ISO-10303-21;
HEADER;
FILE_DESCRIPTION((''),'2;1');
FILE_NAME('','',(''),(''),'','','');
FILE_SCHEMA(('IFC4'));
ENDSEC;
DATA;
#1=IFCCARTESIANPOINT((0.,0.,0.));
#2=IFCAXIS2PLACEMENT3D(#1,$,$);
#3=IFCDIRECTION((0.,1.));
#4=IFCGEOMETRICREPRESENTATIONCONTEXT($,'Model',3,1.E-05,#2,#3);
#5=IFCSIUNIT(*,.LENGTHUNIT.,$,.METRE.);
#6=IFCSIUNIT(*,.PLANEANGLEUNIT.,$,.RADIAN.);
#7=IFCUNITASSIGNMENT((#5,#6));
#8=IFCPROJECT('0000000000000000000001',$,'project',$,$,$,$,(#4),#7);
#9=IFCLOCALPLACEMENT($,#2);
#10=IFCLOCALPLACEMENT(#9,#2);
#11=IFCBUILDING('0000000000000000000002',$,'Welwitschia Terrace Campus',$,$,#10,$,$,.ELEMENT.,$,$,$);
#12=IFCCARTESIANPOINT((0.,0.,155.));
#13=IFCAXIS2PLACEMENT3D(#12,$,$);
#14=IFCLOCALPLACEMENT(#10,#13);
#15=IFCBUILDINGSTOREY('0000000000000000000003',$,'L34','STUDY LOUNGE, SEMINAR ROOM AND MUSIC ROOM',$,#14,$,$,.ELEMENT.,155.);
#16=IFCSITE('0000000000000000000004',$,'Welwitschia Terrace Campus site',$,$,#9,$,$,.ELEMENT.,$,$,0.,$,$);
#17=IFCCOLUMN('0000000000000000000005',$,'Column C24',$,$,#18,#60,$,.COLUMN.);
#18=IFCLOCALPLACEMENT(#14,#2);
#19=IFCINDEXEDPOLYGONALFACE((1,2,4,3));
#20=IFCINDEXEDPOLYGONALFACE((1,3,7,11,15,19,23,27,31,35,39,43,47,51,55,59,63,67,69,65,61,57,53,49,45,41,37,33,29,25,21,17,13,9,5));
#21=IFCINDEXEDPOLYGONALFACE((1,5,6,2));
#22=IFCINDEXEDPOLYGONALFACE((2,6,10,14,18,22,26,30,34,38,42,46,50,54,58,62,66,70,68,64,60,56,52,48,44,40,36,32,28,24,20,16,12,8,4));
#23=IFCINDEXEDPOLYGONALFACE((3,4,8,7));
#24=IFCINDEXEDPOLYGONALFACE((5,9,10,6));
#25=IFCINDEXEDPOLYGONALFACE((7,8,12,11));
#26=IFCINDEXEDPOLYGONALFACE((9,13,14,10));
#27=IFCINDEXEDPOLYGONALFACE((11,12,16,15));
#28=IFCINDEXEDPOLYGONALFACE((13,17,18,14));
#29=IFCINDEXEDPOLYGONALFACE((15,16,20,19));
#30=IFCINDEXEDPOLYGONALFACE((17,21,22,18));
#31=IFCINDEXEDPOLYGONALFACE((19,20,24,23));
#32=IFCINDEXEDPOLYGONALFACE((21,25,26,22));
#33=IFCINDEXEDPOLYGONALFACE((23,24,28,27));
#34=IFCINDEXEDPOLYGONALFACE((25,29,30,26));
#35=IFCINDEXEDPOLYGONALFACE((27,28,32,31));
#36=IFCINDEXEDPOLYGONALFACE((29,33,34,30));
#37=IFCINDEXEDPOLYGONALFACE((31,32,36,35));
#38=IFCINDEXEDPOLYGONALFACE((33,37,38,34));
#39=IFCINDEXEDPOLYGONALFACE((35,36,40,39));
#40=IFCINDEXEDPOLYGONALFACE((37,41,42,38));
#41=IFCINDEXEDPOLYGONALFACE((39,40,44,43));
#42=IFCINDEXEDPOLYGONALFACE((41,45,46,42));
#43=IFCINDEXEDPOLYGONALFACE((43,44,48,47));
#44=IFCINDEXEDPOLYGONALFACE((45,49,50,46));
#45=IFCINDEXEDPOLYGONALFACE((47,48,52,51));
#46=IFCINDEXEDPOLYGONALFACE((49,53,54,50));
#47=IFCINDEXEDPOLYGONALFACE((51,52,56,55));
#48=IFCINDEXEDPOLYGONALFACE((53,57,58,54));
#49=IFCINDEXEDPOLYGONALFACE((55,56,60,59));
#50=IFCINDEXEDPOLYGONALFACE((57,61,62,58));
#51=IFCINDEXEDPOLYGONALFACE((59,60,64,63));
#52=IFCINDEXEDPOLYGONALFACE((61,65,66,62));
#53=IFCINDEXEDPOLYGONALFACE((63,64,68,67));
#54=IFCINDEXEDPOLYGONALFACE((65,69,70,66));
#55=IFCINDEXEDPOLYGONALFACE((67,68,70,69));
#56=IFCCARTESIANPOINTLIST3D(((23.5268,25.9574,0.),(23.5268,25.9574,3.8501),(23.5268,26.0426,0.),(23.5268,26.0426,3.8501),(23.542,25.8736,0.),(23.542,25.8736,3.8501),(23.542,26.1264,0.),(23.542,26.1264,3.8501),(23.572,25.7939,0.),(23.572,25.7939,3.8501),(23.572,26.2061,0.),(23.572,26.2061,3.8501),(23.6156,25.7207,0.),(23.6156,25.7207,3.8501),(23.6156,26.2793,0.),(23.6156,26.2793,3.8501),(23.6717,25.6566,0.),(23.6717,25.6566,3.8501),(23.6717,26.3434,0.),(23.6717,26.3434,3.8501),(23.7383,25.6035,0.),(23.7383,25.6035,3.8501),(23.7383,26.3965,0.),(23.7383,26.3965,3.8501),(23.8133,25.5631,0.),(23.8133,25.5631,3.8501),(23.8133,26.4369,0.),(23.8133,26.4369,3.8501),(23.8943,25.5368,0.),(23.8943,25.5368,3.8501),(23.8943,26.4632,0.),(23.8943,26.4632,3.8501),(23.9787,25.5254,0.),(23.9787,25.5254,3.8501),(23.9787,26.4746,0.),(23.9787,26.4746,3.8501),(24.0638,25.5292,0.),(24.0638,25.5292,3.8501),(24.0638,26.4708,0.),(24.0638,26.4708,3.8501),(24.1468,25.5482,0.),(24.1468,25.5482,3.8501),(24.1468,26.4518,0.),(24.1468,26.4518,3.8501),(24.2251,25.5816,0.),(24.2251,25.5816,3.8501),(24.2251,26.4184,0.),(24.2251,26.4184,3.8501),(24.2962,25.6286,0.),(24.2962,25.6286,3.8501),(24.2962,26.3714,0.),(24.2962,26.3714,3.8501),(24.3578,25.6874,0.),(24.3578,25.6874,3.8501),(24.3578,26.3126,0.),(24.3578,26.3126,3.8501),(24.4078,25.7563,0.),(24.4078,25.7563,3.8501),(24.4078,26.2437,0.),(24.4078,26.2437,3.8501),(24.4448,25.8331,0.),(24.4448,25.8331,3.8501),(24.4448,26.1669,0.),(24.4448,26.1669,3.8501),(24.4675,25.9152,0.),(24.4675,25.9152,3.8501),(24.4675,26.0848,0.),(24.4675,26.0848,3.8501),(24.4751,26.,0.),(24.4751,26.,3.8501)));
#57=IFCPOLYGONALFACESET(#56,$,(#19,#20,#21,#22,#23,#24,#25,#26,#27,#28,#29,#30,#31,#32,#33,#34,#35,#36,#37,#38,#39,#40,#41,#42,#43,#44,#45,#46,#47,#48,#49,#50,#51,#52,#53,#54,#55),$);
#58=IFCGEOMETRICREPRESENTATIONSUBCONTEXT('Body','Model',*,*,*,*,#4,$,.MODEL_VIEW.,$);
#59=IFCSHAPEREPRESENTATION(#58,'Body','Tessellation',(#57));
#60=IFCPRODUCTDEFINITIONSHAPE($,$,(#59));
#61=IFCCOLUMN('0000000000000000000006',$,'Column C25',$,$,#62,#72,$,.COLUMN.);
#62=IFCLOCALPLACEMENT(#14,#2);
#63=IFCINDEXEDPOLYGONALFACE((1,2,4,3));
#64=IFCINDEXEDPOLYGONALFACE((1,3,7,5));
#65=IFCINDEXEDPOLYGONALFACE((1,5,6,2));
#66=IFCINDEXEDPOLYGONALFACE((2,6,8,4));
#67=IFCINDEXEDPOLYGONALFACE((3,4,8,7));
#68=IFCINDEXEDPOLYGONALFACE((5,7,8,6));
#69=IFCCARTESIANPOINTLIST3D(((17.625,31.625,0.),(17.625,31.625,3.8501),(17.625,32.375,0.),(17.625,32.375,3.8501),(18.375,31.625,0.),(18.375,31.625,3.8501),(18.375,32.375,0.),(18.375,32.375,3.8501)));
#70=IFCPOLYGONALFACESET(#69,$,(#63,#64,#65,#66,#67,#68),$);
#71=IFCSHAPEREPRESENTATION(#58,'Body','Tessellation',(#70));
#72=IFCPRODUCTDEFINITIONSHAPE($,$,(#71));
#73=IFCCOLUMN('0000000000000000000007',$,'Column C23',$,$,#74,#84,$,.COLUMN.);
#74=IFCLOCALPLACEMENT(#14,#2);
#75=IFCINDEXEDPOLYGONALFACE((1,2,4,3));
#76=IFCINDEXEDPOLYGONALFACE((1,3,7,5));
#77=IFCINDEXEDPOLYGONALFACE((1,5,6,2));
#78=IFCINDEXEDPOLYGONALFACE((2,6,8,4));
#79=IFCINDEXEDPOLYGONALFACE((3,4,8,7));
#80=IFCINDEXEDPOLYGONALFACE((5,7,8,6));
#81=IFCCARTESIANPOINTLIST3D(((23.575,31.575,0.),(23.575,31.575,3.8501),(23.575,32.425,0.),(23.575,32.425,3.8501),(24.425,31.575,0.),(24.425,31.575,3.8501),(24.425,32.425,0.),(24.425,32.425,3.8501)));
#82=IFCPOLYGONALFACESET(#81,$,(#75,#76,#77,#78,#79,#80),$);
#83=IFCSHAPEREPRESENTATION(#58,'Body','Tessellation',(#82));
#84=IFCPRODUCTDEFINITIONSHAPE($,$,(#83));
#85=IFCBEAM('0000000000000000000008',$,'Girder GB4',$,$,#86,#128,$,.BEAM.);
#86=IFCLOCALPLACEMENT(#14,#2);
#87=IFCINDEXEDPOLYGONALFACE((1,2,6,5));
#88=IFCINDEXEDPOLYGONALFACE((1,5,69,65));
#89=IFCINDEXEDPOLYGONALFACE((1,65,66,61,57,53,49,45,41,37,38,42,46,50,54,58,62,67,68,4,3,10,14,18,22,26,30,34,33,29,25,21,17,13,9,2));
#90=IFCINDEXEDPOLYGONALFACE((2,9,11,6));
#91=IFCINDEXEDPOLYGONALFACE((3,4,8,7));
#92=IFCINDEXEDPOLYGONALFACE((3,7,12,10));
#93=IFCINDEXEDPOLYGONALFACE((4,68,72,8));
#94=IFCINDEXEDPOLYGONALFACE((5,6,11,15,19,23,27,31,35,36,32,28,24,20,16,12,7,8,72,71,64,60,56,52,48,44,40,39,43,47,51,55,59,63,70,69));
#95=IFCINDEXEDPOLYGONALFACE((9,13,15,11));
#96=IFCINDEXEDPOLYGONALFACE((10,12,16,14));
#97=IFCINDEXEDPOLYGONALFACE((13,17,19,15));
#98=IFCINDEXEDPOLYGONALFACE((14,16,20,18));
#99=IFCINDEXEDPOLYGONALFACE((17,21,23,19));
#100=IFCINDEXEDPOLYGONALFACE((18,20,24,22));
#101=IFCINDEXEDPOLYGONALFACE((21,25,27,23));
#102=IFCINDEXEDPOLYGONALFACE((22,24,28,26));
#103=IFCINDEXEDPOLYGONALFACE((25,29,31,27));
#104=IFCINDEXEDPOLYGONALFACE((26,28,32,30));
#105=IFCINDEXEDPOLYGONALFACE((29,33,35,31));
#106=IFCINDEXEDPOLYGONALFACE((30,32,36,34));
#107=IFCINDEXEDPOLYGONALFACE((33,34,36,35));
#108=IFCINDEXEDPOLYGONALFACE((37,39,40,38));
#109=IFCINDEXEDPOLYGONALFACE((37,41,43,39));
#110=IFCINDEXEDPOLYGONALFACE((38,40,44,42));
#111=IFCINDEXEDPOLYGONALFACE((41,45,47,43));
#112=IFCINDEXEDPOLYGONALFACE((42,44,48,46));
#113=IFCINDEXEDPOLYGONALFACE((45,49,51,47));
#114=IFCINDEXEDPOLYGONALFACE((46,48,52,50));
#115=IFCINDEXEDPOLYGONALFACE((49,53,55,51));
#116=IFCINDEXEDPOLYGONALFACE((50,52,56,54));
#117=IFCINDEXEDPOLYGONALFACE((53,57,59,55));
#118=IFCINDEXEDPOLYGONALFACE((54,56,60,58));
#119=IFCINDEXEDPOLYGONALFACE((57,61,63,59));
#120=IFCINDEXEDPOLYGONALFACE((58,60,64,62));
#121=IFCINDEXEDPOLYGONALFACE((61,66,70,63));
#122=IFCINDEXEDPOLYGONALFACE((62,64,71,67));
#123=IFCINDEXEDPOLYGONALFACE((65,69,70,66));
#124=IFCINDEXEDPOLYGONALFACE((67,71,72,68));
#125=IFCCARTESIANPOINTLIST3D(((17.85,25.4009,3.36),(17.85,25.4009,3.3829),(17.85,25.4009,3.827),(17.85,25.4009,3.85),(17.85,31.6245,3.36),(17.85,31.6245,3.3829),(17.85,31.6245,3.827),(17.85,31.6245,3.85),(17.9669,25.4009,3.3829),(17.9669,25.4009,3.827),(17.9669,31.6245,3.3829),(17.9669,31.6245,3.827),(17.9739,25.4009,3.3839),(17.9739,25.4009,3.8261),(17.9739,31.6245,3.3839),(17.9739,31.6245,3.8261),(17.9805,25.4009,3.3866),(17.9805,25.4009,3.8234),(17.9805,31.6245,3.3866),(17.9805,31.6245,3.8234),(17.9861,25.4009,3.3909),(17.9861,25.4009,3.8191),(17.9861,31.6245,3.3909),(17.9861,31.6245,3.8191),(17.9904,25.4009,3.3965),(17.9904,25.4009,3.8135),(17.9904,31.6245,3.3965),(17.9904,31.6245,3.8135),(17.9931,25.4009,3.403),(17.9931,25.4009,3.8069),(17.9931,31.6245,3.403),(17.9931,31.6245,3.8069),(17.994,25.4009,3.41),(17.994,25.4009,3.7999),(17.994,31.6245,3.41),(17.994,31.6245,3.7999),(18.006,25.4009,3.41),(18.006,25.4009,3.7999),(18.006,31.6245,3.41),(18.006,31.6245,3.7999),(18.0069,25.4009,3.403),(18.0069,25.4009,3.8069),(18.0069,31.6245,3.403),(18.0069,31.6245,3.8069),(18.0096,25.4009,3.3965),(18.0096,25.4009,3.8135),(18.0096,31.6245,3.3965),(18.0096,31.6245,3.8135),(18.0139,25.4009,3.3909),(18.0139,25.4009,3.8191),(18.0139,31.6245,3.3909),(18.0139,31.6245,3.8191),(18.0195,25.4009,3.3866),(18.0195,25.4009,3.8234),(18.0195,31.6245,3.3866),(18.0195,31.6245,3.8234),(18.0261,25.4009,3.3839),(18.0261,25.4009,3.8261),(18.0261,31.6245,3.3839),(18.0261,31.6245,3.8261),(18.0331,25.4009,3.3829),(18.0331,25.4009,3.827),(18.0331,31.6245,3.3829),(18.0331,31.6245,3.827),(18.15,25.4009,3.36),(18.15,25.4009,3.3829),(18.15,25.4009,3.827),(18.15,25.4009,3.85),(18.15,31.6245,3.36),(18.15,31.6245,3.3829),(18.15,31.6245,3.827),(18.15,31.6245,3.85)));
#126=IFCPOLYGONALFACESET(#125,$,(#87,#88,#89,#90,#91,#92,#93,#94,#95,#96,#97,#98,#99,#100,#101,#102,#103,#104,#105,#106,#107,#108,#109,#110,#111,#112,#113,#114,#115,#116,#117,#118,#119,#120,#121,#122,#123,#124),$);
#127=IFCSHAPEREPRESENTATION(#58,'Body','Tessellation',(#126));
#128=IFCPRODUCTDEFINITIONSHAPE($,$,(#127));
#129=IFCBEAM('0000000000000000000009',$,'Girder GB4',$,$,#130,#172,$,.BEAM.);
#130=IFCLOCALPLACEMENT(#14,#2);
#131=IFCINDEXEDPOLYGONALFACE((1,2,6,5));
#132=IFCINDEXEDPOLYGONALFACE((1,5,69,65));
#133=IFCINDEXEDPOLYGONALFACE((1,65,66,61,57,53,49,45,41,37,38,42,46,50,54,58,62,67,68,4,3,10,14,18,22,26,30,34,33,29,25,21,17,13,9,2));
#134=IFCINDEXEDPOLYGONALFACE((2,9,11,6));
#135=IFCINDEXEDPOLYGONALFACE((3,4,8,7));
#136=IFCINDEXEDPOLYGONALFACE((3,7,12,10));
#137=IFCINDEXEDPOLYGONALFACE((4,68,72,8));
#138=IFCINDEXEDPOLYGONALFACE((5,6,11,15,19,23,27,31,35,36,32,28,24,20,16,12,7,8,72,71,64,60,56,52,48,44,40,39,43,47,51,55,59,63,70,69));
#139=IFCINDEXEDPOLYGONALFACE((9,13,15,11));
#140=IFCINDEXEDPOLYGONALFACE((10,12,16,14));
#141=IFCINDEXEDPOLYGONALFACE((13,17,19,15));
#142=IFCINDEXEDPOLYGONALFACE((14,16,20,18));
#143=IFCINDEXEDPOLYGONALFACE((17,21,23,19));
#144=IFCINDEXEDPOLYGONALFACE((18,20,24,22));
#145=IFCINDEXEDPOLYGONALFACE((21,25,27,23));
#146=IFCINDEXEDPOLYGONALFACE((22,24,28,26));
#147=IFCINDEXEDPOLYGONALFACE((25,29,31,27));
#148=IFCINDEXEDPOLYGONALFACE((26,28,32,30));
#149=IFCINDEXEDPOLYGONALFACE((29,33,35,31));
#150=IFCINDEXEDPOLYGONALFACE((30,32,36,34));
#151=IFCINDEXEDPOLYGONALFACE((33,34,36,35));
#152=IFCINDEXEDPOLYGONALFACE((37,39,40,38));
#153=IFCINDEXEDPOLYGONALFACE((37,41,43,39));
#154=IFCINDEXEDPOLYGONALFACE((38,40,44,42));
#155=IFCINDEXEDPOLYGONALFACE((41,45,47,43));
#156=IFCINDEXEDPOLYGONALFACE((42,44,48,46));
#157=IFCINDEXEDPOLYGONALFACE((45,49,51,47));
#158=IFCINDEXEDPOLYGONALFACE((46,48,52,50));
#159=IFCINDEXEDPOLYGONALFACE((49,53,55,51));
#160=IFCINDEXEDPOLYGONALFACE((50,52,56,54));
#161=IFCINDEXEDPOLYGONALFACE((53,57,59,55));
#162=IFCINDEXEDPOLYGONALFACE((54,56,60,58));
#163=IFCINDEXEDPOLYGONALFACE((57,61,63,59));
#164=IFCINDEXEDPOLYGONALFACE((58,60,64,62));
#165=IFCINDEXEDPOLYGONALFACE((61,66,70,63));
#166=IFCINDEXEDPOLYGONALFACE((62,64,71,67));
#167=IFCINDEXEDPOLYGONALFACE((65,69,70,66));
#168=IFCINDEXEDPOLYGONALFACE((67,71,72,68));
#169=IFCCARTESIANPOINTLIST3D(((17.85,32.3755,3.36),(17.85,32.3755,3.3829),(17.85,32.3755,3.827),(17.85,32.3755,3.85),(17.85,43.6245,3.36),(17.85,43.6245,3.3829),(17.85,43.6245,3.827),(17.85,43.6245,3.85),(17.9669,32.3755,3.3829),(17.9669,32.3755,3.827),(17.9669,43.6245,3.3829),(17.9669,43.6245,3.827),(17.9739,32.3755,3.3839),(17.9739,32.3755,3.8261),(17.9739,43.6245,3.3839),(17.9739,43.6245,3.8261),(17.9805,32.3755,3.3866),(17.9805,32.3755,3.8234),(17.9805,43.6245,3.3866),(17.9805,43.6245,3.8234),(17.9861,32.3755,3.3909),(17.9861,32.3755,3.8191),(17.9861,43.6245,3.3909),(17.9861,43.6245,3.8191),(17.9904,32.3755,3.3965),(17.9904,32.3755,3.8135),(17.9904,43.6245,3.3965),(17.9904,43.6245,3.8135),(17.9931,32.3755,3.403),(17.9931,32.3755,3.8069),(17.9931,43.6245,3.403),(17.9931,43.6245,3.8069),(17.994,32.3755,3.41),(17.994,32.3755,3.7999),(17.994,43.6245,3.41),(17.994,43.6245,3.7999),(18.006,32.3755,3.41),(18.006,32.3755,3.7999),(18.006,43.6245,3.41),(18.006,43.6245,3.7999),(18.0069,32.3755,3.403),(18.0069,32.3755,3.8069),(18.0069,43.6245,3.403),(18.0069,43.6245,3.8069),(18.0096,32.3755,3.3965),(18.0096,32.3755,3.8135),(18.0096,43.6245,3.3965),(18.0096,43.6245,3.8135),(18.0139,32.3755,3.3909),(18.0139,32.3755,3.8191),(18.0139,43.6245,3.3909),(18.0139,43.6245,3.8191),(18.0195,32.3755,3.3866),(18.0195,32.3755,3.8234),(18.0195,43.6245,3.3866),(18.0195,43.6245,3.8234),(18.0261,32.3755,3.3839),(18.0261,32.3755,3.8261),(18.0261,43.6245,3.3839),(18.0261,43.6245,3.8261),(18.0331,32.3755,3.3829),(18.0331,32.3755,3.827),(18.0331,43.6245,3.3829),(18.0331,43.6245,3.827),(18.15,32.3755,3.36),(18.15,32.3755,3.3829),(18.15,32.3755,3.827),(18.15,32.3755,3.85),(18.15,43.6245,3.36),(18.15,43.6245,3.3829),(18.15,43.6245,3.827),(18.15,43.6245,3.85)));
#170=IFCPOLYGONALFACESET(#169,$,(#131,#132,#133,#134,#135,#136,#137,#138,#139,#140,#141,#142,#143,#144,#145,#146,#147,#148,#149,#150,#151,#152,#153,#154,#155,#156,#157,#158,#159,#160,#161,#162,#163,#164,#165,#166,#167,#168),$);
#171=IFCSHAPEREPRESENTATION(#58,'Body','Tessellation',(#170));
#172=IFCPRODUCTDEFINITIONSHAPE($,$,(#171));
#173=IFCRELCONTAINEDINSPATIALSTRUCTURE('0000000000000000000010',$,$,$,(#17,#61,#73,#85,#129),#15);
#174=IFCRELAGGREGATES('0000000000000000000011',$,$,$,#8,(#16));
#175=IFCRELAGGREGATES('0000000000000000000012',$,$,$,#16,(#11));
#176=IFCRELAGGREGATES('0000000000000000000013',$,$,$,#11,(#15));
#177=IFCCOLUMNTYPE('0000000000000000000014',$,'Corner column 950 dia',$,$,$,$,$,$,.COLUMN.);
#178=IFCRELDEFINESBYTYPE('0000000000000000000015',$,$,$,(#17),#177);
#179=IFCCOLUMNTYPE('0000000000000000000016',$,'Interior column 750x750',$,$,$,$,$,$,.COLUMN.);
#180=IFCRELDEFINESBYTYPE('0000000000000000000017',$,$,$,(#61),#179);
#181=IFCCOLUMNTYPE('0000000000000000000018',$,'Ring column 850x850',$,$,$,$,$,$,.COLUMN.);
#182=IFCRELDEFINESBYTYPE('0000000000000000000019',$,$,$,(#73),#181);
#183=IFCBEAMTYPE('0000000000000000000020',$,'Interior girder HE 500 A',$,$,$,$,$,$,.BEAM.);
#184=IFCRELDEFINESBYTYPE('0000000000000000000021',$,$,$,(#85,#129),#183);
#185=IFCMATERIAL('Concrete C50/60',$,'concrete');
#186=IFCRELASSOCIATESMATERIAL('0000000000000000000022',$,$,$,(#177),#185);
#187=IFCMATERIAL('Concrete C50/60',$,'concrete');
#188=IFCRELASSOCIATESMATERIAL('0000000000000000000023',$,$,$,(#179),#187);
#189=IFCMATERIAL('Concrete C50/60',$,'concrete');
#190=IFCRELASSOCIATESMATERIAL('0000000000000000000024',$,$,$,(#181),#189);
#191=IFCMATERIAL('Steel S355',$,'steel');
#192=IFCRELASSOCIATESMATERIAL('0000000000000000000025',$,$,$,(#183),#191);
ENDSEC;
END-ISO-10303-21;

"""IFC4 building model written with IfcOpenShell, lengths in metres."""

from ifc_helpers import new_model, si_unit, direction, frame, origin, origin_2d, place, context, subcontext, project, spatial, rectangle, circle, i_section, extrude, material, material_profile, profile_set, type_object, element, save


model = new_model("IFC4")

# Units and contexts
model_context = context("Model", 3, precision=1e-05, world=origin(), true_north=direction((0.0, 1.0)))
body_context = subcontext(model_context, "Body", "Model", "MODEL_VIEW")
ifc_project = project(units=[si_unit("LENGTHUNIT", "METRE"), si_unit("PLANEANGLEUNIT", "RADIAN")], contexts=[model_context])

# Site, building, storey
site_placement = place(None, origin())
site = spatial("IfcSite", under=ifc_project, at=site_placement, Name="Welwitschia Terrace Campus site", CompositionType="ELEMENT", RefElevation=0.0)
building_placement = place(site_placement, origin())
building = spatial("IfcBuilding", under=site, at=building_placement, Name="Welwitschia Terrace Campus", CompositionType="ELEMENT")
storey_placement = place(building_placement, frame((0.0, 0.0, 155.0)))
storey = spatial("IfcBuildingStorey", under=building, at=storey_placement, Name="L34", Description="STUDY LOUNGE, SEMINAR ROOM AND MUSIC ROOM", CompositionType="ELEMENT", Elevation=155.0)

# Columns
ifc_material_1 = material(Name="Concrete C50/60", Category="concrete")
ifc_material_profile_1 = material_profile(ifc_material_1, circle(Radius=0.4751, at=origin_2d()))
ifc_profile_set_1 = profile_set([ifc_material_profile_1], Name="Concrete C50/60")
column_type_1 = type_object("IfcColumnType", Name="Corner column 950 dia", PredefinedType="COLUMN", material=ifc_profile_set_1)
column_1_placement = place(storey_placement, frame((24.0, 26.0, 0.0), z_axis=(0.0, 0.0, 1.0), x_axis=(1.0, 0.0, 0.0)))
element("IfcColumn", 1, at=column_1_placement, inside=storey, type_object=column_type_1, Name="Column C24", PredefinedType="COLUMN", context=body_context, shape_type="SweptSolid", body=[
    extrude(circle(Radius=0.4751, at=origin_2d()), origin(), (0.0, 0.0, 1.0), 3.8501),
])
ifc_material_2 = material(Name="Concrete C50/60", Category="concrete")
ifc_material_profile_2 = material_profile(ifc_material_2, rectangle(XDim=0.75, YDim=0.75, at=origin_2d()))
ifc_profile_set_2 = profile_set([ifc_material_profile_2], Name="Concrete C50/60")
column_type_2 = type_object("IfcColumnType", Name="Interior column 750x750", PredefinedType="COLUMN", material=ifc_profile_set_2)
column_2_placement = place(storey_placement, frame((18.0, 32.0, 0.0), z_axis=(0.0, 0.0, 1.0), x_axis=(1.0, 0.0, 0.0)))
element("IfcColumn", 2, at=column_2_placement, inside=storey, type_object=column_type_2, Name="Column C25", PredefinedType="COLUMN", context=body_context, shape_type="SweptSolid", body=[
    extrude(rectangle(XDim=0.75, YDim=0.75, at=origin_2d()), origin(), (0.0, 0.0, 1.0), 3.8501),
])
ifc_material_3 = material(Name="Concrete C50/60", Category="concrete")
ifc_material_profile_3 = material_profile(ifc_material_3, rectangle(XDim=0.8501, YDim=0.8501, at=origin_2d()))
ifc_profile_set_3 = profile_set([ifc_material_profile_3], Name="Concrete C50/60")
column_type_3 = type_object("IfcColumnType", Name="Ring column 850x850", PredefinedType="COLUMN", material=ifc_profile_set_3)
column_3_placement = place(storey_placement, frame((24.0, 32.0, 0.0), z_axis=(0.0, 0.0, 1.0), x_axis=(1.0, 0.0, 0.0)))
element("IfcColumn", 3, at=column_3_placement, inside=storey, type_object=column_type_3, Name="Column C23", PredefinedType="COLUMN", context=body_context, shape_type="SweptSolid", body=[
    extrude(rectangle(XDim=0.8501, YDim=0.8501, at=origin_2d()), origin(), (0.0, 0.0, 1.0), 3.8501),
])

# Beams
ifc_material_4 = material(Name="Steel S355", Category="steel")
ifc_material_profile_4 = material_profile(ifc_material_4, i_section(OverallWidth=0.3, OverallDepth=0.49, WebThickness=0.012, FlangeThickness=0.0229, FilletRadius=0.0271, at=origin_2d()))
ifc_profile_set_4 = profile_set([ifc_material_profile_4], Name="Steel S355")
beam_type_1 = type_object("IfcBeamType", Name="Interior girder HE 500 A", PredefinedType="BEAM", material=ifc_profile_set_4)
beam_1_placement = place(storey_placement, frame((18.0, 25.4009, 3.605), z_axis=(0.0, 1.0, 0.0), x_axis=(-1.0, 0.0, 0.0)))
element("IfcBeam", 4, at=beam_1_placement, inside=storey, type_object=beam_type_1, Name="Girder GB4", PredefinedType="BEAM", context=body_context, shape_type="SweptSolid", body=[
    extrude(i_section(OverallWidth=0.3, OverallDepth=0.49, WebThickness=0.012, FlangeThickness=0.0229, FilletRadius=0.0271, at=origin_2d()), origin(), (0.0, 0.0, 1.0), 6.2236),
])
beam_2_placement = place(storey_placement, frame((18.0, 32.3755, 3.605), z_axis=(0.0, 1.0, 0.0), x_axis=(-1.0, 0.0, 0.0)))
element("IfcBeam", 5, at=beam_2_placement, inside=storey, type_object=beam_type_1, Name="Girder GB4", PredefinedType="BEAM", context=body_context, shape_type="SweptSolid", body=[
    extrude(i_section(OverallWidth=0.3, OverallDepth=0.49, WebThickness=0.012, FlangeThickness=0.0229, FilletRadius=0.0271, at=origin_2d()), origin(), (0.0, 0.0, 1.0), 11.249),
])

save(model, "model.ifc")
